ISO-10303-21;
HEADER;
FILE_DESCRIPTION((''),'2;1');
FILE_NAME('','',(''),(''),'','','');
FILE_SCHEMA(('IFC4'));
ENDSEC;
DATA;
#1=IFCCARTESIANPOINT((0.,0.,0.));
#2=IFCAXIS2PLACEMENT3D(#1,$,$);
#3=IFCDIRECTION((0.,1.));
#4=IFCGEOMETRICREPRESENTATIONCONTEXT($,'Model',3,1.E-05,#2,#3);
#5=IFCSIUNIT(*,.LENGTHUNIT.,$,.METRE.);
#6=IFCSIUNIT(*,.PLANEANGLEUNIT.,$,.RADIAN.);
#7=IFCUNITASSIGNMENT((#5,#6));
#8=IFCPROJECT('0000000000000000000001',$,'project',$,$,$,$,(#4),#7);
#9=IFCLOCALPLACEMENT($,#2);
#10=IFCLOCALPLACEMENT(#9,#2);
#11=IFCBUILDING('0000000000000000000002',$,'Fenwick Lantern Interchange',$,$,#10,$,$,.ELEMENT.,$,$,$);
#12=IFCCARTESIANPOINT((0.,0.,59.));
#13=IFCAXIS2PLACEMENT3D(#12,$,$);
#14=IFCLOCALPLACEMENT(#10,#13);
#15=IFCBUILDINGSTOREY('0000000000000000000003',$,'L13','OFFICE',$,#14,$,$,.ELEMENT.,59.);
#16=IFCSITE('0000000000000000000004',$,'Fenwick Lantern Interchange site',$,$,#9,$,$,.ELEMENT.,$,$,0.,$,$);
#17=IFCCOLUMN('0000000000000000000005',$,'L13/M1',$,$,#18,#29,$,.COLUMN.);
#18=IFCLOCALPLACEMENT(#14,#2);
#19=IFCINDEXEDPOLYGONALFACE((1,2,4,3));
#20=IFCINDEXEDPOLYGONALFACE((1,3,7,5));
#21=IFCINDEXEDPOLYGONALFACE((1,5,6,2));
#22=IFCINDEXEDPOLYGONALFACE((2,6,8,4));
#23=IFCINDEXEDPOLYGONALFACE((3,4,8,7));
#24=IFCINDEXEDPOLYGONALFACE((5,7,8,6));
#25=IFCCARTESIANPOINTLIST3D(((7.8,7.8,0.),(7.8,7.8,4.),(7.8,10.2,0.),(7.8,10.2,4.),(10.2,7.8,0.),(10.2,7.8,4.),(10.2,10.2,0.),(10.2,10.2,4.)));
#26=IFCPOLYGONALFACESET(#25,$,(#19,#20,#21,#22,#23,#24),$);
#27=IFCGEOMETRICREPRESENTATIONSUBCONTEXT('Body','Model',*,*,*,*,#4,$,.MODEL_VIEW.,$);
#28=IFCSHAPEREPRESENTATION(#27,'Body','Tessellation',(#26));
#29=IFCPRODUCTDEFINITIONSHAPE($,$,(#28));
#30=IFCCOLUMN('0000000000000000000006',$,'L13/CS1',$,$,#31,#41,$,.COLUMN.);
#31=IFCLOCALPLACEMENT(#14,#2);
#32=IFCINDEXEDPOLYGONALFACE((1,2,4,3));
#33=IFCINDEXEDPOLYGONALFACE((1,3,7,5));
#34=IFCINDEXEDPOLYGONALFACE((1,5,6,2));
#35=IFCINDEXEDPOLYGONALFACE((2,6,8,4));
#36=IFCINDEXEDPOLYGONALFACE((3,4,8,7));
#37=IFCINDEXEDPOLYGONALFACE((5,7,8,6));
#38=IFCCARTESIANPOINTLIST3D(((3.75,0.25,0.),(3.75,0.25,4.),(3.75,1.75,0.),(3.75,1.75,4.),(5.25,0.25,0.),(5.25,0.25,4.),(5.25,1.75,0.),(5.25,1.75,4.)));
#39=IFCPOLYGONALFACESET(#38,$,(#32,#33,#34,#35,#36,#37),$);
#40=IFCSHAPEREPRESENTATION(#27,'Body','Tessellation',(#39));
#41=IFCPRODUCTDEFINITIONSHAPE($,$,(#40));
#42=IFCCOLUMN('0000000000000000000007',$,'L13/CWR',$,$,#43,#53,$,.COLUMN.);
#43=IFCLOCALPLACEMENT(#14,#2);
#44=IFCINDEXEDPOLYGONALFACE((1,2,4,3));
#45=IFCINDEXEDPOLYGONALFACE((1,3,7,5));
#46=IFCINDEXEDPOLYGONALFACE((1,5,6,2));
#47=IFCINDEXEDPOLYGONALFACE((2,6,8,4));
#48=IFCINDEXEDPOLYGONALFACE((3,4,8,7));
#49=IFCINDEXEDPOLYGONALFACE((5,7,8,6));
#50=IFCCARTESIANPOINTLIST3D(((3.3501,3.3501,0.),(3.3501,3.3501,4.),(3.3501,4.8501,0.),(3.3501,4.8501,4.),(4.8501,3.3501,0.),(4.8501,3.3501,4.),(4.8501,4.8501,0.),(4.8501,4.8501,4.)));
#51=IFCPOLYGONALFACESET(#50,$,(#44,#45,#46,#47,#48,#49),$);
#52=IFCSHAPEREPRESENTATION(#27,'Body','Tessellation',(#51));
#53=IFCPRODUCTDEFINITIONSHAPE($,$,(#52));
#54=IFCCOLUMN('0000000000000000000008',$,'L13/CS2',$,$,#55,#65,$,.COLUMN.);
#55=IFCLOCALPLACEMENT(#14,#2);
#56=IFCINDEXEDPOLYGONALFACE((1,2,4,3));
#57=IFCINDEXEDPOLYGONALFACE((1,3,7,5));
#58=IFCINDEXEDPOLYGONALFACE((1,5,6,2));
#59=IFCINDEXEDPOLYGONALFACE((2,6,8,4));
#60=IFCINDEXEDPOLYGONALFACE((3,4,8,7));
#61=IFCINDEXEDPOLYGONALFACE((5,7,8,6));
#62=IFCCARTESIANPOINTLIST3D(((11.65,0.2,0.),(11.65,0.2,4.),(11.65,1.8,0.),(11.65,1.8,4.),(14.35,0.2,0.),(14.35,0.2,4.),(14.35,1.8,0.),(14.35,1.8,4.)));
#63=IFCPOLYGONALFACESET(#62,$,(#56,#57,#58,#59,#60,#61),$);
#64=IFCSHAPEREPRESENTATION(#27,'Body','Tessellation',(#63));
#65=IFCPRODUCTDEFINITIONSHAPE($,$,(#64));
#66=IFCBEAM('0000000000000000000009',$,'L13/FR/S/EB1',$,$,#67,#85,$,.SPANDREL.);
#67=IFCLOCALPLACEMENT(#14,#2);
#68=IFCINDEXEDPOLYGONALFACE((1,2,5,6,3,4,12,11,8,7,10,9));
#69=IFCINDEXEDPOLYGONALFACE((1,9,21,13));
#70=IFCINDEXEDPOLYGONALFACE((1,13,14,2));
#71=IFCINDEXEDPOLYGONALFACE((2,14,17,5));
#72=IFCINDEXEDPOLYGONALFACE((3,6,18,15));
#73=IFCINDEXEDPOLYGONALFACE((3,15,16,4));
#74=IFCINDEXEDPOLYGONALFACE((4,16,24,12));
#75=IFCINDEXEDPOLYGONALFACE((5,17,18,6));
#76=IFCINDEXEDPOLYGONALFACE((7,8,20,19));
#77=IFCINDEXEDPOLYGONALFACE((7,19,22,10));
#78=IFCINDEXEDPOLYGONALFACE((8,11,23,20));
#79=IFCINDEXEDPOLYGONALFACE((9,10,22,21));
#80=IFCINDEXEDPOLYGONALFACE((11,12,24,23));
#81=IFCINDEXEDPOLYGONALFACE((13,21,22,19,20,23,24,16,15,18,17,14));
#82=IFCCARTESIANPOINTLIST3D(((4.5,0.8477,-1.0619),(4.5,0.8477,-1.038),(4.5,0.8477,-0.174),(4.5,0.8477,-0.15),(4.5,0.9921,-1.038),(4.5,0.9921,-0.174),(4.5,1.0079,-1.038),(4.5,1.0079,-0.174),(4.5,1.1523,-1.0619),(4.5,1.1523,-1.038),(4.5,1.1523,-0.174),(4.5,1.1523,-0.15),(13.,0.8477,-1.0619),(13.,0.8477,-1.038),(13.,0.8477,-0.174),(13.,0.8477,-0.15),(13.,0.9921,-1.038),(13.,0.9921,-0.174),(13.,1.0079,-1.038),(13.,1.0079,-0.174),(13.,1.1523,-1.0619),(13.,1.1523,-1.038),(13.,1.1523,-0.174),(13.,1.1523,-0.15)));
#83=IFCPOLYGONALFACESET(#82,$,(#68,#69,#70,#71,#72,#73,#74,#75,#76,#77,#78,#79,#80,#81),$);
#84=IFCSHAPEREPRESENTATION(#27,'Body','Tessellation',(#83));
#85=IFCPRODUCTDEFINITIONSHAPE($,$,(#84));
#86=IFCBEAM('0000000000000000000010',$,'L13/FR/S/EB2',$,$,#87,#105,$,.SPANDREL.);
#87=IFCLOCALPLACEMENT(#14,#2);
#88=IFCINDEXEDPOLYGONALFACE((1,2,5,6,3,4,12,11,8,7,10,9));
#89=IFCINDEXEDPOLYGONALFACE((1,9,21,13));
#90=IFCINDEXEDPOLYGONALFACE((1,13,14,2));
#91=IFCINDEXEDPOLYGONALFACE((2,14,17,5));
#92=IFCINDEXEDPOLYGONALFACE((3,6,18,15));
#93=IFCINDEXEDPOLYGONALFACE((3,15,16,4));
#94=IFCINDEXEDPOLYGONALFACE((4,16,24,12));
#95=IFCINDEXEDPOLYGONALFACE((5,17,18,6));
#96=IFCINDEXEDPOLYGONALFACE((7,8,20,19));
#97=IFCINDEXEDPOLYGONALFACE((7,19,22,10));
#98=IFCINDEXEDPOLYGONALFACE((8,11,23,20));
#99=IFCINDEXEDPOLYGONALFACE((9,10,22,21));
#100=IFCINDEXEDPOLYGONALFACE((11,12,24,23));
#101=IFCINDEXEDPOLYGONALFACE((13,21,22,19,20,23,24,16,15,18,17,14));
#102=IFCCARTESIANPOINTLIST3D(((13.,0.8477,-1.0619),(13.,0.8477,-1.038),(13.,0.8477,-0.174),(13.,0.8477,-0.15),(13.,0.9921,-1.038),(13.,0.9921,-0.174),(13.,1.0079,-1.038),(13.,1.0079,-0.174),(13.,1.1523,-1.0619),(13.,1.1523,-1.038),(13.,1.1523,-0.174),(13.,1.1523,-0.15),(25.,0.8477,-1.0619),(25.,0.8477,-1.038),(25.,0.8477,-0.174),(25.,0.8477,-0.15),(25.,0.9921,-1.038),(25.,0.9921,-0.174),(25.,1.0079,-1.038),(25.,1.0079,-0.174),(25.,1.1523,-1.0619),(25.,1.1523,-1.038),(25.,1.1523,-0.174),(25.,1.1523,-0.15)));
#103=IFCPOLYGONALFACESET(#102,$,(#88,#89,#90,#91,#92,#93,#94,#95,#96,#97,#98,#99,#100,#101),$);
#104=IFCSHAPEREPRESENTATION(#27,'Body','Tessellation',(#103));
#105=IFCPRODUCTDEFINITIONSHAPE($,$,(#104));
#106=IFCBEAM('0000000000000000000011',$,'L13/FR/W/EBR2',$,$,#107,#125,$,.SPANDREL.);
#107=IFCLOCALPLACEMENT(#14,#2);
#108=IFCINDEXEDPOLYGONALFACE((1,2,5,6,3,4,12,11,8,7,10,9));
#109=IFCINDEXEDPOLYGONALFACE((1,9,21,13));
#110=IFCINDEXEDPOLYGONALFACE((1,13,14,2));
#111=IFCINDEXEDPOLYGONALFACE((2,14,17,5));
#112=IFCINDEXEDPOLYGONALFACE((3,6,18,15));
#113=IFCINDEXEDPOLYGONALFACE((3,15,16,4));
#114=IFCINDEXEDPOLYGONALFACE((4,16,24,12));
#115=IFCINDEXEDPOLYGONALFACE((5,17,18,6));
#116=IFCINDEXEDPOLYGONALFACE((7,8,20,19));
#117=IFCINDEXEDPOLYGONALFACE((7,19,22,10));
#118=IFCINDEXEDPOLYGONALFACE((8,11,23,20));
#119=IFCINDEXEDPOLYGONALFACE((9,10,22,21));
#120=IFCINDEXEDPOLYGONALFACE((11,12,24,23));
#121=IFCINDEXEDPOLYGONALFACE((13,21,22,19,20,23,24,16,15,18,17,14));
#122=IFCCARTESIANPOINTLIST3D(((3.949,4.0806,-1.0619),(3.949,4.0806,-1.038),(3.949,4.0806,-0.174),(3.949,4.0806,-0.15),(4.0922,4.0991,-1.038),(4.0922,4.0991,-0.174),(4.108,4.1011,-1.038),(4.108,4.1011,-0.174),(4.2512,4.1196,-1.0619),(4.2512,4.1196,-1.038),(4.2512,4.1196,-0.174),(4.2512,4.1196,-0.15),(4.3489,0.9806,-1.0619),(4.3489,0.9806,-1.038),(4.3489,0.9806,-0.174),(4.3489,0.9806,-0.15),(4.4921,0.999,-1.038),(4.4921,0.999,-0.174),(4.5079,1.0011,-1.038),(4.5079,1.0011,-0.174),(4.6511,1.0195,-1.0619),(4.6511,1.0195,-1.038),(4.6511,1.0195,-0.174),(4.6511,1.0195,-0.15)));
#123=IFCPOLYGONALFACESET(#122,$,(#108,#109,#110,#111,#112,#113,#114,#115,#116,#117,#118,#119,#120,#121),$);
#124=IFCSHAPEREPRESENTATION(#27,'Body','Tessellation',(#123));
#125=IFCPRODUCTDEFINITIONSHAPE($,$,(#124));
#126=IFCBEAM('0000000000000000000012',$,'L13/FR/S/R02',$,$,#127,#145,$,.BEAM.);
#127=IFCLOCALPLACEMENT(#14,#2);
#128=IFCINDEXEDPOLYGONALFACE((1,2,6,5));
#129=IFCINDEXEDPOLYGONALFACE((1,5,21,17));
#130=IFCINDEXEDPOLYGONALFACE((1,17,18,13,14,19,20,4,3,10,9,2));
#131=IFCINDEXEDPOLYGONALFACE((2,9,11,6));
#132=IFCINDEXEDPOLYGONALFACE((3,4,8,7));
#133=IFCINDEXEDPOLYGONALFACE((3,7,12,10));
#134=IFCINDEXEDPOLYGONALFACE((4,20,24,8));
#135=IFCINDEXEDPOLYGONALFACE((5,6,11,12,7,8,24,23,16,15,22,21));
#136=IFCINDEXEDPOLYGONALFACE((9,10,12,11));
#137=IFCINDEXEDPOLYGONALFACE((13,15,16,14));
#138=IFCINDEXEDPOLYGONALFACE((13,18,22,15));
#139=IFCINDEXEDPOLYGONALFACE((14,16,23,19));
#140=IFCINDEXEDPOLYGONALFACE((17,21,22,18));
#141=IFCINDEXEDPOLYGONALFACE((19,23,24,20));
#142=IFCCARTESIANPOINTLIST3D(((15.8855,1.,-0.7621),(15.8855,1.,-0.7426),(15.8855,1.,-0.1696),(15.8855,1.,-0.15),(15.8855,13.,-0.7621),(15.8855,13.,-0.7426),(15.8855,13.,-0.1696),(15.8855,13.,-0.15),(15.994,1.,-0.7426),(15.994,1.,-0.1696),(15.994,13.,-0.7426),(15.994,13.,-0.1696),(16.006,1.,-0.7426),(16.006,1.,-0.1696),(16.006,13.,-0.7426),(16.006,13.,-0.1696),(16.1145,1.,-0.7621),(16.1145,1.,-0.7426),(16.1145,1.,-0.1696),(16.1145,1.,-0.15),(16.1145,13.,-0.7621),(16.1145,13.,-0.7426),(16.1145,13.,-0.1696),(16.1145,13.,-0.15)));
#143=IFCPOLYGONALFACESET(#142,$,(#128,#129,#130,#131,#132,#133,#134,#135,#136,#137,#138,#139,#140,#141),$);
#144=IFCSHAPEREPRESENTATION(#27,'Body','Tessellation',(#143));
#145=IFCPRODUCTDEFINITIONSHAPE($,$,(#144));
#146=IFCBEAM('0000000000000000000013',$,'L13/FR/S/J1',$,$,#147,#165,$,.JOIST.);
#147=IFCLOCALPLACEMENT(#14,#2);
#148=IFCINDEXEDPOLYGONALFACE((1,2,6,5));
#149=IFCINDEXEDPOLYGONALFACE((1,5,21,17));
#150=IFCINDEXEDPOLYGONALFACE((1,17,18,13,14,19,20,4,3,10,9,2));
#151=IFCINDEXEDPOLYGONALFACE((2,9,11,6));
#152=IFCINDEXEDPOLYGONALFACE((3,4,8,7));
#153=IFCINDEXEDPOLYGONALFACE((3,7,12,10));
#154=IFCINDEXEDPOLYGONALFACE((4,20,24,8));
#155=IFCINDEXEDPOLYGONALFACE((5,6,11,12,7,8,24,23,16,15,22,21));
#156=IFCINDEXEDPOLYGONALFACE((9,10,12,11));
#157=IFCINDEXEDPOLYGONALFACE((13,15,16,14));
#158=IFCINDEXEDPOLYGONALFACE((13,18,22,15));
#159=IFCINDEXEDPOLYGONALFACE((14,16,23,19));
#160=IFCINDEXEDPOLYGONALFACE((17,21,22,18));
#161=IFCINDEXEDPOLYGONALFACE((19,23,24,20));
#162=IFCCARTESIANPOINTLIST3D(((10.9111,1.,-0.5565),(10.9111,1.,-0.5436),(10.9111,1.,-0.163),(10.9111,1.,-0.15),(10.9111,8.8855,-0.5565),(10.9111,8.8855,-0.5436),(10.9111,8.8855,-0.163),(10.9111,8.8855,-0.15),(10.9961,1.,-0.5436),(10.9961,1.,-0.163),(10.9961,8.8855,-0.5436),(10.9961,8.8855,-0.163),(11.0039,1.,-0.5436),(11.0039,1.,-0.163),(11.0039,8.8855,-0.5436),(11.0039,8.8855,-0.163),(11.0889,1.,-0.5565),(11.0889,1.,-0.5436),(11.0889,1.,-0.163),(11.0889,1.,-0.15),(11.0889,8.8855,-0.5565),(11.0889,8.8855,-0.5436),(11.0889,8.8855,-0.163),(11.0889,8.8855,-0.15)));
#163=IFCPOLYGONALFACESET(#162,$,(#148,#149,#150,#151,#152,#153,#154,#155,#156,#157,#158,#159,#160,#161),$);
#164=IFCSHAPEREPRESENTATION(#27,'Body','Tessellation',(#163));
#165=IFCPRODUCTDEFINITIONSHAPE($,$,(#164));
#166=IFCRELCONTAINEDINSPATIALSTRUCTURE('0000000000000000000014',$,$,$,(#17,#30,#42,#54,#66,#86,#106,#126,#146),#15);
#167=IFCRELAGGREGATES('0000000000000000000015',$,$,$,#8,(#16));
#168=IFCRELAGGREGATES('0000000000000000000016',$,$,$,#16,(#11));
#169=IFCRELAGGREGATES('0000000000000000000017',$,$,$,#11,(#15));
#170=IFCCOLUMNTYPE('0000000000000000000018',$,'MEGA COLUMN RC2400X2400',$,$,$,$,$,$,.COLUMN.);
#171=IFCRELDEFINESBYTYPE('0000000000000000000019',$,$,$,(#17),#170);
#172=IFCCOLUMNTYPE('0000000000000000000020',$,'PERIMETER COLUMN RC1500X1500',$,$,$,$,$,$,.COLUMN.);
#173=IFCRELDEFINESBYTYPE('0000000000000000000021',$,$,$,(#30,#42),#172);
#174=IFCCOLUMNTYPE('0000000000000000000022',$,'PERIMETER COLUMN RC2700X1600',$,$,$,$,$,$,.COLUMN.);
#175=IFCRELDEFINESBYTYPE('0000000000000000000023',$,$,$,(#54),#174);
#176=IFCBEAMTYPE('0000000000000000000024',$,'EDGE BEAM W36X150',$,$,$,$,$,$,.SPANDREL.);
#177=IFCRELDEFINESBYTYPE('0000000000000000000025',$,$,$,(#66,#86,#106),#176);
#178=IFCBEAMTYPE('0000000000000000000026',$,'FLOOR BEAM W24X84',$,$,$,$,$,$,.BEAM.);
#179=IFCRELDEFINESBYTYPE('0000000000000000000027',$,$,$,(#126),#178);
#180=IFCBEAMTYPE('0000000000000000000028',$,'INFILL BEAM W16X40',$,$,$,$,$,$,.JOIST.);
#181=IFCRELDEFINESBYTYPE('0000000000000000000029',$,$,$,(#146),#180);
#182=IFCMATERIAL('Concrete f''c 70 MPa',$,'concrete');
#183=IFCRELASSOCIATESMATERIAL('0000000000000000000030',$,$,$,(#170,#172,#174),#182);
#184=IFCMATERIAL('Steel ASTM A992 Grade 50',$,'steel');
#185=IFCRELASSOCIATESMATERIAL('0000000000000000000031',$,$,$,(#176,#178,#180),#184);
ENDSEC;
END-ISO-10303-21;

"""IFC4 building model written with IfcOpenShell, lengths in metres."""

from ifc_helpers import new_model, si_unit, direction, frame, origin, origin_2d, place, context, subcontext, project, spatial, rectangle, i_section, extrude, material, material_profile, profile_set, type_object, element, save


model = new_model("IFC4")

# Units and contexts
model_context = context("Model", 3, precision=1e-05, world=origin(), true_north=direction((0.0, 1.0)))
body_context = subcontext(model_context, "Body", "Model", "MODEL_VIEW")
ifc_project = project(units=[si_unit("LENGTHUNIT", "METRE"), si_unit("PLANEANGLEUNIT", "RADIAN")], contexts=[model_context])

# Site, building, storey
site_placement = place(None, origin())
site = spatial("IfcSite", under=ifc_project, at=site_placement, Name="Fenwick Lantern Interchange site", CompositionType="ELEMENT", RefElevation=0.0)
building_placement = place(site_placement, origin())
building = spatial("IfcBuilding", under=site, at=building_placement, Name="Fenwick Lantern Interchange", CompositionType="ELEMENT")
storey_placement = place(building_placement, frame((0.0, 0.0, 59.0)))
storey = spatial("IfcBuildingStorey", under=building, at=storey_placement, Name="L13", Description="OFFICE", CompositionType="ELEMENT", Elevation=59.0)

# Columns
ifc_material_1 = material(Name="Concrete f'c 70 MPa", Category="concrete")
ifc_material_profile_1 = material_profile(ifc_material_1, rectangle(XDim=2.3999, YDim=2.3999, at=origin_2d()), Name="RC2400X2400")
ifc_profile_set_1 = profile_set([ifc_material_profile_1], Name="Concrete f'c 70 MPa")
column_type_1 = type_object("IfcColumnType", Name="MEGA COLUMN RC2400X2400", PredefinedType="COLUMN", material=ifc_profile_set_1)
column_1_placement = place(storey_placement, frame((9.0, 9.0, 0.0), z_axis=(0.0, 0.0, 1.0), x_axis=(1.0, 0.0, 0.0)))
element("IfcColumn", 1, at=column_1_placement, inside=storey, type_object=column_type_1, Name="L13/M1", PredefinedType="COLUMN", context=body_context, shape_type="SweptSolid", body=[
    extrude(rectangle(XDim=2.3999, YDim=2.3999, at=origin_2d()), origin(), (0.0, 0.0, 1.0), 4.0),
])
ifc_material_profile_2 = material_profile(ifc_material_1, rectangle(XDim=1.5, YDim=1.5, at=origin_2d()), Name="RC1500X1500")
ifc_profile_set_2 = profile_set([ifc_material_profile_2], Name="Concrete f'c 70 MPa")
column_type_2 = type_object("IfcColumnType", Name="PERIMETER COLUMN RC1500X1500", PredefinedType="COLUMN", material=ifc_profile_set_2)
for number, where, z_axis, x_axis, name in (
    (2, (4.5, 1.0, 0.0), (0.0, 0.0, 1.0), (1.0, 0.0, 0.0), "L13/CS1"),
    (3, (4.1001, 4.1001, 0.0), (0.0, 0.0, 1.0), (1.0, 0.0, 0.0), "L13/CWR"),
):
    element("IfcColumn", number, at=place(storey_placement, frame(where, z_axis=z_axis, x_axis=x_axis)), inside=storey, type_object=column_type_2, Name=name, PredefinedType="COLUMN", context=body_context, shape_type="SweptSolid", body=[
        extrude(rectangle(XDim=1.5, YDim=1.5, at=origin_2d()), origin(), (0.0, 0.0, 1.0), 4.0),
    ])
ifc_material_profile_3 = material_profile(ifc_material_1, rectangle(XDim=2.7, YDim=1.6001, at=origin_2d()), Name="RC2700X1600")
ifc_profile_set_3 = profile_set([ifc_material_profile_3], Name="Concrete f'c 70 MPa")
column_type_3 = type_object("IfcColumnType", Name="PERIMETER COLUMN RC2700X1600", PredefinedType="COLUMN", material=ifc_profile_set_3)
column_2_placement = place(storey_placement, frame((13.0, 1.0, 0.0), z_axis=(0.0, 0.0, 1.0), x_axis=(1.0, 0.0, 0.0)))
element("IfcColumn", 4, at=column_2_placement, inside=storey, type_object=column_type_3, Name="L13/CS2", PredefinedType="COLUMN", context=body_context, shape_type="SweptSolid", body=[
    extrude(rectangle(XDim=2.7, YDim=1.6001, at=origin_2d()), origin(), (0.0, 0.0, 1.0), 4.0),
])

# Beams
ifc_material_2 = material(Name="Steel ASTM A992 Grade 50", Category="steel")
ifc_material_profile_4 = material_profile(ifc_material_2, i_section(OverallWidth=0.3047, OverallDepth=0.9119, WebThickness=0.0159, FlangeThickness=0.0239, at=origin_2d()), Name="W36X150")
ifc_profile_set_4 = profile_set([ifc_material_profile_4], Name="Steel ASTM A992 Grade 50")
beam_type_1 = type_object("IfcBeamType", Name="EDGE BEAM W36X150", PredefinedType="SPANDREL", material=ifc_profile_set_4)
beam_1_placement = place(storey_placement, frame((4.5, 1.0, -0.606), z_axis=(1.0, 0.0, 0.0), x_axis=(0.0, 1.0, 0.0)))
element("IfcBeam", 5, at=beam_1_placement, inside=storey, type_object=beam_type_1, Name="L13/FR/S/EB1", PredefinedType="SPANDREL", context=body_context, shape_type="SweptSolid", body=[
    extrude(i_section(OverallWidth=0.3047, OverallDepth=0.9119, WebThickness=0.0159, FlangeThickness=0.0239, at=origin_2d()), origin(), (0.0, 0.0, 1.0), 8.5),
])
beam_2_placement = place(storey_placement, frame((13.0, 1.0, -0.606), z_axis=(1.0, 0.0, 0.0), x_axis=(0.0, 1.0, 0.0)))
element("IfcBeam", 6, at=beam_2_placement, inside=storey, type_object=beam_type_1, Name="L13/FR/S/EB2", PredefinedType="SPANDREL", context=body_context, shape_type="SweptSolid", body=[
    extrude(i_section(OverallWidth=0.3047, OverallDepth=0.9119, WebThickness=0.0159, FlangeThickness=0.0239, at=origin_2d()), origin(), (0.0, 0.0, 1.0), 12.0),
])
beam_3_placement = place(storey_placement, frame((4.1001, 4.1001, -0.606), z_axis=(0.127937, -0.991782, 0.0), x_axis=(0.991782, 0.127937, 0.0)))
element("IfcBeam", 7, at=beam_3_placement, inside=storey, type_object=beam_type_1, Name="L13/FR/W/EBR2", PredefinedType="SPANDREL", context=body_context, shape_type="SweptSolid", body=[
    extrude(i_section(OverallWidth=0.3047, OverallDepth=0.9119, WebThickness=0.0159, FlangeThickness=0.0239, at=origin_2d()), origin(), (0.0, 0.0, 1.0), 3.1257),
])
ifc_material_profile_5 = material_profile(ifc_material_2, i_section(OverallWidth=0.229, OverallDepth=0.6121, WebThickness=0.012, FlangeThickness=0.0195, at=origin_2d()), Name="W24X84")
ifc_profile_set_5 = profile_set([ifc_material_profile_5], Name="Steel ASTM A992 Grade 50")
beam_type_2 = type_object("IfcBeamType", Name="FLOOR BEAM W24X84", PredefinedType="BEAM", material=ifc_profile_set_5)
beam_4_placement = place(storey_placement, frame((16.0, 1.0, -0.4561), z_axis=(0.0, 1.0, 0.0), x_axis=(-1.0, 0.0, 0.0)))
element("IfcBeam", 8, at=beam_4_placement, inside=storey, type_object=beam_type_2, Name="L13/FR/S/R02", PredefinedType="BEAM", context=body_context, shape_type="SweptSolid", body=[
    extrude(i_section(OverallWidth=0.229, OverallDepth=0.6121, WebThickness=0.012, FlangeThickness=0.0195, at=origin_2d()), origin(), (0.0, 0.0, 1.0), 12.0),
])
ifc_material_profile_6 = material_profile(ifc_material_2, i_section(OverallWidth=0.1777, OverallDepth=0.4065, WebThickness=0.0078, FlangeThickness=0.0129, at=origin_2d()), Name="W16X40")
ifc_profile_set_6 = profile_set([ifc_material_profile_6], Name="Steel ASTM A992 Grade 50")
beam_type_3 = type_object("IfcBeamType", Name="INFILL BEAM W16X40", PredefinedType="JOIST", material=ifc_profile_set_6)
beam_5_placement = place(storey_placement, frame((11.0, 1.0, -0.3533), z_axis=(0.0, 1.0, 0.0), x_axis=(-1.0, 0.0, 0.0)))
element("IfcBeam", 9, at=beam_5_placement, inside=storey, type_object=beam_type_3, Name="L13/FR/S/J1", PredefinedType="JOIST", context=body_context, shape_type="SweptSolid", body=[
    extrude(i_section(OverallWidth=0.1777, OverallDepth=0.4065, WebThickness=0.0078, FlangeThickness=0.0129, at=origin_2d()), origin(), (0.0, 0.0, 1.0), 7.8855),
])

save(model, "model.ifc")
